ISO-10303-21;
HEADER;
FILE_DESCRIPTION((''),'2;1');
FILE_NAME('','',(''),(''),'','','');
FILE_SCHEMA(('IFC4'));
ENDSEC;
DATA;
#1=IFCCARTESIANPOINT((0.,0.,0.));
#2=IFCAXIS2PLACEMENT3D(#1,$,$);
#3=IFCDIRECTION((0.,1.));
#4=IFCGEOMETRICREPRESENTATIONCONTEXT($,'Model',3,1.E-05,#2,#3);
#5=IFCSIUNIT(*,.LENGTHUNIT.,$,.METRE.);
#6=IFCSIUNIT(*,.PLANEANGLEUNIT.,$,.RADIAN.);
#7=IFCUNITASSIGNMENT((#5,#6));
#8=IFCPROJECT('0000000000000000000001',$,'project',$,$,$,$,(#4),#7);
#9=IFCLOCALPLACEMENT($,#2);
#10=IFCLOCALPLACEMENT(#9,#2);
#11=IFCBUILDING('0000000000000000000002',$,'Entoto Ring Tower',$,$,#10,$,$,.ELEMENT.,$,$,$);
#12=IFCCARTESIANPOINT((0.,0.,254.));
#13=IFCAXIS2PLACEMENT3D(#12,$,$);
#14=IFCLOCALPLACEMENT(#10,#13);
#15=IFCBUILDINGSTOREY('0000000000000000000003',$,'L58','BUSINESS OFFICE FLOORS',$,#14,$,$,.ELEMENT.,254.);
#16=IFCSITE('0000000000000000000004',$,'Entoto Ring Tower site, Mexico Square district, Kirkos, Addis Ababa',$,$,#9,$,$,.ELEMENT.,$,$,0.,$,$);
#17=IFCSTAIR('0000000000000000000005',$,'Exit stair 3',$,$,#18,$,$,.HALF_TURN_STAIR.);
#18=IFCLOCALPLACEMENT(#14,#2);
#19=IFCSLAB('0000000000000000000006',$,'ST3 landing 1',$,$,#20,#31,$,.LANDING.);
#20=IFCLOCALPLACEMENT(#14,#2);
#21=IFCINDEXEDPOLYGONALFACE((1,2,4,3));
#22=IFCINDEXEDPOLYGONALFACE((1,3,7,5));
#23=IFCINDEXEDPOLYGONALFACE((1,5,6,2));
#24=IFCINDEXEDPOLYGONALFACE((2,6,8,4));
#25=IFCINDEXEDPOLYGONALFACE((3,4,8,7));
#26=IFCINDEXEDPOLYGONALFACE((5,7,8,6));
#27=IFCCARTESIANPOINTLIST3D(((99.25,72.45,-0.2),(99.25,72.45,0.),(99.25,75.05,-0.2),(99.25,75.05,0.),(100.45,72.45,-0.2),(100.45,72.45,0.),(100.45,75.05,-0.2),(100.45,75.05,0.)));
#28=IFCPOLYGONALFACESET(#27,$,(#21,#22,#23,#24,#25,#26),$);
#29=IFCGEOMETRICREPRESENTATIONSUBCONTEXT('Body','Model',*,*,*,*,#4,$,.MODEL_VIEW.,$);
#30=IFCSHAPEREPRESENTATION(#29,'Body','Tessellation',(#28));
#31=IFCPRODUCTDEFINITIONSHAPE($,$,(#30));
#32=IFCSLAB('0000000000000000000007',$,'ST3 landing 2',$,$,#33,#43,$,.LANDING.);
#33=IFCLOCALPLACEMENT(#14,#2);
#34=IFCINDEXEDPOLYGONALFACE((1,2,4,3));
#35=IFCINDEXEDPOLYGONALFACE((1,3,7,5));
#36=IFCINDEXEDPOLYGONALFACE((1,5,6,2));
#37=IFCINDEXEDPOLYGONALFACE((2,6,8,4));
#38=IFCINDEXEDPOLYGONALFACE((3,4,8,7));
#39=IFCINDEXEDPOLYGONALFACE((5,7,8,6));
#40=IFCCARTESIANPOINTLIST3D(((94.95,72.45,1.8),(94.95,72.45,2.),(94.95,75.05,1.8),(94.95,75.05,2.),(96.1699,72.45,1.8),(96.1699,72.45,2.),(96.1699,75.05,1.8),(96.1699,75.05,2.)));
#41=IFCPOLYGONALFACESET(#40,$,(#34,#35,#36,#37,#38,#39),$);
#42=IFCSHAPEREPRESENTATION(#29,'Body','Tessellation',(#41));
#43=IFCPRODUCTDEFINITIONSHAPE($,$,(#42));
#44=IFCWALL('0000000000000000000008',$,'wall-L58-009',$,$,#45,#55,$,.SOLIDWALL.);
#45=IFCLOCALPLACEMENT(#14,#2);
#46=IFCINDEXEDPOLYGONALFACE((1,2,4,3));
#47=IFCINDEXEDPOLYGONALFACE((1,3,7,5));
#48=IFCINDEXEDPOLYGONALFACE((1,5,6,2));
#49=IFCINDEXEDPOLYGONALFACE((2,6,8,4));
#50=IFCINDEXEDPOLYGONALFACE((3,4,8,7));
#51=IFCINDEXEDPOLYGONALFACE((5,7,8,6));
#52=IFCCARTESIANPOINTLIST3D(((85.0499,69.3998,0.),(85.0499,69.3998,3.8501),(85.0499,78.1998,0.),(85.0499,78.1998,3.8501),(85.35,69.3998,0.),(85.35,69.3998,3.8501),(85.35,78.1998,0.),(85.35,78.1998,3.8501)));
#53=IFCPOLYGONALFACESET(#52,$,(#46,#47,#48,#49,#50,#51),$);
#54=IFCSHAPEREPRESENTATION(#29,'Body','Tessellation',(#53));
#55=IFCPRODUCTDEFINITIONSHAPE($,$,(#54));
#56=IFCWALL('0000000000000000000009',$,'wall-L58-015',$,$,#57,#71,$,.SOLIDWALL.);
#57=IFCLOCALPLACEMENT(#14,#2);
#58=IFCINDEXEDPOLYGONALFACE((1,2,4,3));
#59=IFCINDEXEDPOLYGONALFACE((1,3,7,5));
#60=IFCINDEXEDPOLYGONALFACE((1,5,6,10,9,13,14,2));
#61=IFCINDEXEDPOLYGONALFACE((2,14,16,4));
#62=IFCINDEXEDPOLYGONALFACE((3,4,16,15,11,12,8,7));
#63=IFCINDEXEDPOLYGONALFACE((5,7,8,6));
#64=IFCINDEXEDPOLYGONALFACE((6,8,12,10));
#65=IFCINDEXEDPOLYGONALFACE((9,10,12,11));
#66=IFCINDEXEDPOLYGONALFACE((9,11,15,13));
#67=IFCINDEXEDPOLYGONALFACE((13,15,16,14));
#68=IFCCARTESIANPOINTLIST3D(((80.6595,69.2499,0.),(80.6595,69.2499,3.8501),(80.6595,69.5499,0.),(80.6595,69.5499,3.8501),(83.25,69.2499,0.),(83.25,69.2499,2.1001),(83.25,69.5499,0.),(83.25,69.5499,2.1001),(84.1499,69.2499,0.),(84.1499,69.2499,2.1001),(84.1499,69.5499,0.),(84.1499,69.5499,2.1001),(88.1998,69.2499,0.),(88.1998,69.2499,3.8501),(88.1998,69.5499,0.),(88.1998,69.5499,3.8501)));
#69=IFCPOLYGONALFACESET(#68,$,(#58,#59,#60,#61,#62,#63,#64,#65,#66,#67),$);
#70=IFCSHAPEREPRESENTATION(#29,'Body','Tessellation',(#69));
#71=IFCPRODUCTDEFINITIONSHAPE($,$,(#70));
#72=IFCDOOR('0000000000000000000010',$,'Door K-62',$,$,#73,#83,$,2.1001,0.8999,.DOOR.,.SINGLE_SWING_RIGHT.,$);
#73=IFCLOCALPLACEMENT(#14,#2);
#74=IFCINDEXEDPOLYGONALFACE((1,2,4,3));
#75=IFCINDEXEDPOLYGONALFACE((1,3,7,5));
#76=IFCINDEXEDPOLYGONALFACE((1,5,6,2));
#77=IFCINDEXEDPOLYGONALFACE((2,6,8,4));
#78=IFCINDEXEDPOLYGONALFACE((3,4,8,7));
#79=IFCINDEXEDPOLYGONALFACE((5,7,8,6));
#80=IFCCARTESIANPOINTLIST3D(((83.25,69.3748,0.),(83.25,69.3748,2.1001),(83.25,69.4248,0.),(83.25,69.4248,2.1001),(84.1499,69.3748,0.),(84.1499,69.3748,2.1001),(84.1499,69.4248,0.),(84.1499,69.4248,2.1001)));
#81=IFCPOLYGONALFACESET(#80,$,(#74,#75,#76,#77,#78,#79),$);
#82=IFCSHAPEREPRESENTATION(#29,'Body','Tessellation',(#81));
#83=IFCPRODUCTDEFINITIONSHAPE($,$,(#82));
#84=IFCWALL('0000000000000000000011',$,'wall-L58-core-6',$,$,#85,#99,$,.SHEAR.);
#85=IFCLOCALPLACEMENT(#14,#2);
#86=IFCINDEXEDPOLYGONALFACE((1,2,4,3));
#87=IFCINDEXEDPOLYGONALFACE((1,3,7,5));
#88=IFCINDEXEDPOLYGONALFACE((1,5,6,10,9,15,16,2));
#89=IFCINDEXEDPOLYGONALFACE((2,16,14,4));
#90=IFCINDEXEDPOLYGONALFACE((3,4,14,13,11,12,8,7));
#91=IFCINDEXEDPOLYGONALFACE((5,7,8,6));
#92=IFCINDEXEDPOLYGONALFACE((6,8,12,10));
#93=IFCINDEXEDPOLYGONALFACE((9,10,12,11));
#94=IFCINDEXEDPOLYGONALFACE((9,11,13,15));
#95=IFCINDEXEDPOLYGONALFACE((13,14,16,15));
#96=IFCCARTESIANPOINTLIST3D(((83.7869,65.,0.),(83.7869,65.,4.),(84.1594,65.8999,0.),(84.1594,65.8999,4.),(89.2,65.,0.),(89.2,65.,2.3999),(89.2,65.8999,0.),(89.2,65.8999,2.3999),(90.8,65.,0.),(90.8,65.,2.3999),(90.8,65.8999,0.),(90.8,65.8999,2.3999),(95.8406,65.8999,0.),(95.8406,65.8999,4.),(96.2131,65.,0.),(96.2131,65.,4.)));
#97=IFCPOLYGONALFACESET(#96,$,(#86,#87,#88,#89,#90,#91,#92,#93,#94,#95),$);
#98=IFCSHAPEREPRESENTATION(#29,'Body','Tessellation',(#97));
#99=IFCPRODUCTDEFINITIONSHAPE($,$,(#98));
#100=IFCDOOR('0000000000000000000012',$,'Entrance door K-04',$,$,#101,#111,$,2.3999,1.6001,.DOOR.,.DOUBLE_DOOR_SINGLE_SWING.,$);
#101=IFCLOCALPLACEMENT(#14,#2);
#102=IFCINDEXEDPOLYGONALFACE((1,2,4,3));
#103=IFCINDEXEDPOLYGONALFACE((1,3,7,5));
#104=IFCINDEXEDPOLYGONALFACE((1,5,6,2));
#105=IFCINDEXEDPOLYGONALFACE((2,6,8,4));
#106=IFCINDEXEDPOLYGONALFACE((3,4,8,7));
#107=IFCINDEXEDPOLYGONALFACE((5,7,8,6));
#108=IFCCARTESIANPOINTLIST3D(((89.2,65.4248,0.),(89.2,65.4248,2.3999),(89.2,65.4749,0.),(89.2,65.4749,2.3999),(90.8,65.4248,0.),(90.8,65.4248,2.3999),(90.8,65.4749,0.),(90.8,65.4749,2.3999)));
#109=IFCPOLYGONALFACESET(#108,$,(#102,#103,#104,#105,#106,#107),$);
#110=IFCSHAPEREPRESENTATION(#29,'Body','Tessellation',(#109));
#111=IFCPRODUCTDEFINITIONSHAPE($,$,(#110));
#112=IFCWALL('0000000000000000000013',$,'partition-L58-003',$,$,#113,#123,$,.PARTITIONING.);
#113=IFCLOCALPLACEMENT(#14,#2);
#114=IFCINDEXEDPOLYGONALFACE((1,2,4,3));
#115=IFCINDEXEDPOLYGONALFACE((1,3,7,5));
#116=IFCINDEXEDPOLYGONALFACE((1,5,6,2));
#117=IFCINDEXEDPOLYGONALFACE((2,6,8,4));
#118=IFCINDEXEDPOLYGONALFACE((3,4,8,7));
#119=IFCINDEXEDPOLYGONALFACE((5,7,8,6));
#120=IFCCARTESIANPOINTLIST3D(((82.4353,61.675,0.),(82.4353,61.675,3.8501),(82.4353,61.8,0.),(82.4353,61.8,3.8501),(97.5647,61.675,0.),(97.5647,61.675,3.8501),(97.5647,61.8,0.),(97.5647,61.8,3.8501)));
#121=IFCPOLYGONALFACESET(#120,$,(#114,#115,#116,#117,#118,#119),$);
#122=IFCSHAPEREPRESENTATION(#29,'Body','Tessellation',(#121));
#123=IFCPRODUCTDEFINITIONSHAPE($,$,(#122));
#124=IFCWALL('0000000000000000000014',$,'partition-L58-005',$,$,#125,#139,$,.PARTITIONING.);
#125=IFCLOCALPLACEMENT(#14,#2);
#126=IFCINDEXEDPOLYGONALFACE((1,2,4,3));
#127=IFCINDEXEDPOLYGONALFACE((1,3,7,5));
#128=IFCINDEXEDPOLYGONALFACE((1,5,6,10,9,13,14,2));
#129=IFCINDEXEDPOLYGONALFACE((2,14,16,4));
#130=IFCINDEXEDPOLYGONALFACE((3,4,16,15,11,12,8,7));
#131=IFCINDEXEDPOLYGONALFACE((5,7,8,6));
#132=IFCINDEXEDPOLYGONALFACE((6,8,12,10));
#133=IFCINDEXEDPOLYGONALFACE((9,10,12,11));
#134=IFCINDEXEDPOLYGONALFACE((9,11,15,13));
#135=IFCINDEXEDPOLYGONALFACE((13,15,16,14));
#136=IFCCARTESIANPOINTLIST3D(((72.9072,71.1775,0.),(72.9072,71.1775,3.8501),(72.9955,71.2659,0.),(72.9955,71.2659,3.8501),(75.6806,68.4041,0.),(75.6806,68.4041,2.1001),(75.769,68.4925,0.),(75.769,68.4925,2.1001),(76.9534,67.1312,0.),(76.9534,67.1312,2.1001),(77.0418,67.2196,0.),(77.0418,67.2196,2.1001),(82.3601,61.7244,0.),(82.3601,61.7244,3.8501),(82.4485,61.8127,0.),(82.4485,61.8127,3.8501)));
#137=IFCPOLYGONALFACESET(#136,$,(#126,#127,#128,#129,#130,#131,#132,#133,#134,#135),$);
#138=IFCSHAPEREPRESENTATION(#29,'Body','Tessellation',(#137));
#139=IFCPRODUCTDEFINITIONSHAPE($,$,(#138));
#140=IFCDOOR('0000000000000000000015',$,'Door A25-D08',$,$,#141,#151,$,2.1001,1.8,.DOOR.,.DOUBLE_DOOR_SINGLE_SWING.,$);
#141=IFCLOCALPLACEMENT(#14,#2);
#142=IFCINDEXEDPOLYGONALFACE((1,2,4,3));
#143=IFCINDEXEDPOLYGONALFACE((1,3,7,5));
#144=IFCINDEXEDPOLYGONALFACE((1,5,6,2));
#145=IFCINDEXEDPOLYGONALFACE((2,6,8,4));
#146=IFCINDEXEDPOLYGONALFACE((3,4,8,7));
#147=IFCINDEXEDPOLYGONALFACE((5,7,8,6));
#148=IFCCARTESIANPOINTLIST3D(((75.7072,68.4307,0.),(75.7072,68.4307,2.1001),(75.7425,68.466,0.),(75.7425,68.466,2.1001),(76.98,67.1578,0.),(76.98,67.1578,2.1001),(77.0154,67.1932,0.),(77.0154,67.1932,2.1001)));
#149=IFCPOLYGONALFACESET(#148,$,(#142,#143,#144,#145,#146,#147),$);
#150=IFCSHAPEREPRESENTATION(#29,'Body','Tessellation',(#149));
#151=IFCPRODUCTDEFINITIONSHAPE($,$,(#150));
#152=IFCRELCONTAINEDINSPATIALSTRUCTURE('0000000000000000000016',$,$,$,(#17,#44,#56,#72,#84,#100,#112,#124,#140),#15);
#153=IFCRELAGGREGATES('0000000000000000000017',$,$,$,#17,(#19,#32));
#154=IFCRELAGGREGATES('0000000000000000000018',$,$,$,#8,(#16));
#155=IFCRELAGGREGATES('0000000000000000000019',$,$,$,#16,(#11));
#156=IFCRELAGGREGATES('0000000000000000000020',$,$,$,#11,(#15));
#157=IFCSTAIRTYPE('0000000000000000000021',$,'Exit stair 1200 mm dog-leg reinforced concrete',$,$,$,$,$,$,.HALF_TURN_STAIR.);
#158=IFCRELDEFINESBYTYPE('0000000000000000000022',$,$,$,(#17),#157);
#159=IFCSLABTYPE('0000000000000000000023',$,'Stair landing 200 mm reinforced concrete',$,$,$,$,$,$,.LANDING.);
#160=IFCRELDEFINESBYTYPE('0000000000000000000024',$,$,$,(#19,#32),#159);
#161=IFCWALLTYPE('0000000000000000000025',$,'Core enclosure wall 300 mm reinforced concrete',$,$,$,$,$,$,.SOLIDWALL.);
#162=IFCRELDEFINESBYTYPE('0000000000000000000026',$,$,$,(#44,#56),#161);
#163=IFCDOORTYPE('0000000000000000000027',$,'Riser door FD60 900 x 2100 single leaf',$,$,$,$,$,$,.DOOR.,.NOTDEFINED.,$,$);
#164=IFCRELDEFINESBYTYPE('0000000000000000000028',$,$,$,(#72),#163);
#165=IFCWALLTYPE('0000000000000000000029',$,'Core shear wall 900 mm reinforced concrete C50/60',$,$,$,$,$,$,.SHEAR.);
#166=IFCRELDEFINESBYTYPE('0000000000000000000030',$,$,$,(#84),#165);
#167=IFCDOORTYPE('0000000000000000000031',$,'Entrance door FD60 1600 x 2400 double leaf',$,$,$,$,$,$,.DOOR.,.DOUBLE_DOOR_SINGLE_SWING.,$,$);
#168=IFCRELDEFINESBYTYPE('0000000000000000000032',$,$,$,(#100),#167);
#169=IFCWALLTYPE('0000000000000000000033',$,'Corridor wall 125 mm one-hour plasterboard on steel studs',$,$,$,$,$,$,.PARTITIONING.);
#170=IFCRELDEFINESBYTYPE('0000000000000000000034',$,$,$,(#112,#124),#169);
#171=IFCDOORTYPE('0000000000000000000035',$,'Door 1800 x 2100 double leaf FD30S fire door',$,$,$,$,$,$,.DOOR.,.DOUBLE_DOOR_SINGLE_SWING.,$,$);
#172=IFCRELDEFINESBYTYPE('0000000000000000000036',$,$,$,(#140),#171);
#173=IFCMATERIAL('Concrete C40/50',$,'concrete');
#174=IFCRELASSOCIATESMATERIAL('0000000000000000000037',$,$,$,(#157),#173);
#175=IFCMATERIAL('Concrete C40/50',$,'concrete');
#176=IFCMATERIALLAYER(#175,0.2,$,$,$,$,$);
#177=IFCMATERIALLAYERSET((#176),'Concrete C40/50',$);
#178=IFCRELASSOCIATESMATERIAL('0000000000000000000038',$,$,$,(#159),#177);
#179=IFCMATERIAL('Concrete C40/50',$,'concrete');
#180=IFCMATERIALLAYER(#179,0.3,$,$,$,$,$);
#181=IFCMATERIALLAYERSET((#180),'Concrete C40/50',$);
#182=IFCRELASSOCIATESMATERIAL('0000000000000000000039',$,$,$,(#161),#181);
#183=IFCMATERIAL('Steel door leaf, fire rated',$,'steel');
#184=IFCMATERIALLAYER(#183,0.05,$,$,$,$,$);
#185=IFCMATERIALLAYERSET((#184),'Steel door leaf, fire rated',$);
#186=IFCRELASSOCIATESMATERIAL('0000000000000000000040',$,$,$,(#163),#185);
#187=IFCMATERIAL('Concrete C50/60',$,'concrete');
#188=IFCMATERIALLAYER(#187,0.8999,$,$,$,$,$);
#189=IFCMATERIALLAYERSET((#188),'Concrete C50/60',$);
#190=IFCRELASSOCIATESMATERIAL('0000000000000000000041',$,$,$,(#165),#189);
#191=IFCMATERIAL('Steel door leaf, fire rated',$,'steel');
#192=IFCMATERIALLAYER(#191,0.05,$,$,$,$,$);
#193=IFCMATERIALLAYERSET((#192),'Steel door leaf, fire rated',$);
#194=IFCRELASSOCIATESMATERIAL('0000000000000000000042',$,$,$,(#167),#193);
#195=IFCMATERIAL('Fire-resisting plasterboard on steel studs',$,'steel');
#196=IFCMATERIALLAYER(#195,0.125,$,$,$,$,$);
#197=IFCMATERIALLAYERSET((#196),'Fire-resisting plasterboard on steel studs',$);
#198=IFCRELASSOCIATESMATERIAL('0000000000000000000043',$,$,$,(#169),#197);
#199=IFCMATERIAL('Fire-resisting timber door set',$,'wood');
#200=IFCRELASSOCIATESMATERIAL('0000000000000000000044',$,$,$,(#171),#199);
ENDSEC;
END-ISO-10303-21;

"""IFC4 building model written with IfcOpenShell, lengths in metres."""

from ifc_helpers import new_model, si_unit, direction, frame, frame_2d, origin, place, context, subcontext, project, spatial, polyline, rectangle, outline, extrude, material, layer, layer_set, type_object, element, fill, aggregate, save


model = new_model("IFC4")

# Units and contexts
model_context = context("Model", 3, precision=1e-05, world=origin(), true_north=direction((0.0, 1.0)))
body_context = subcontext(model_context, "Body", "Model", "MODEL_VIEW")
ifc_project = project(units=[si_unit("LENGTHUNIT", "METRE"), si_unit("PLANEANGLEUNIT", "RADIAN")], contexts=[model_context])

# Site, building, storey
site_placement = place(None, origin())
site = spatial("IfcSite", under=ifc_project, at=site_placement, Name="Entoto Ring Tower site, Mexico Square district, Kirkos, Addis Ababa", CompositionType="ELEMENT", RefElevation=0.0)
building_placement = place(site_placement, origin())
building = spatial("IfcBuilding", under=site, at=building_placement, Name="Entoto Ring Tower", CompositionType="ELEMENT")
storey_placement = place(building_placement, frame((0.0, 0.0, 254.0)))
storey = spatial("IfcBuildingStorey", under=building, at=storey_placement, Name="L58", Description="BUSINESS OFFICE FLOORS", CompositionType="ELEMENT", Elevation=254.0)

# Stair, slabs
ifc_material_1 = material(Name="Concrete C40/50", Category="concrete")
stair_type = type_object("IfcStairType", Name="Exit stair 1200 mm dog-leg reinforced concrete", PredefinedType="HALF_TURN_STAIR", material=ifc_material_1)
stair_placement = place(storey_placement, origin())
stair = element("IfcStair", 1, at=stair_placement, inside=storey, type_object=stair_type, Name="Exit stair 3", PredefinedType="HALF_TURN_STAIR")
ifc_material_2 = material(Name="Concrete C40/50", Category="concrete")
ifc_layer_1 = layer(ifc_material_2, 0.2)
ifc_layer_set_1 = layer_set([ifc_layer_1], Name="Concrete C40/50")
slab_type_1 = type_object("IfcSlabType", Name="Stair landing 200 mm reinforced concrete", PredefinedType="LANDING", material=ifc_layer_set_1)
slab_1_placement = place(storey_placement, frame((0.0, 0.0, -0.2)))
slab_1 = element("IfcSlab", 2, at=slab_1_placement, type_object=slab_type_1, Name="ST3 landing 1", PredefinedType="LANDING", context=body_context, shape_type="SweptSolid", body=[
    extrude(outline(polyline([(100.45, 72.45), (100.45, 75.05), (99.25, 75.05), (99.25, 72.45), (100.45, 72.45)])), origin(), (0.0, 0.0, 1.0), 0.2),
])
slab_2_placement = place(storey_placement, frame((0.0, 0.0, 1.8)))
slab_2 = element("IfcSlab", 3, at=slab_2_placement, type_object=slab_type_1, Name="ST3 landing 2", PredefinedType="LANDING", context=body_context, shape_type="SweptSolid", body=[
    extrude(outline(polyline([(94.95, 72.45), (96.1699, 72.45), (96.1699, 75.05), (94.95, 75.05), (94.95, 72.45)])), origin(), (0.0, 0.0, 1.0), 0.2),
])
aggregate(stair, [slab_1, slab_2])

# Wall
ifc_material_3 = material(Name="Concrete C40/50", Category="concrete")
ifc_layer_2 = layer(ifc_material_3, 0.3)
ifc_layer_set_2 = layer_set([ifc_layer_2], Name="Concrete C40/50")
wall_type_1 = type_object("IfcWallType", Name="Core enclosure wall 300 mm reinforced concrete", PredefinedType="SOLIDWALL", material=ifc_layer_set_2)
wall_1_placement = place(storey_placement, frame((85.2, 69.3999, 0.0), z_axis=(0.0, 0.0, 1.0), x_axis=(0.0, 1.0, 0.0)))
element("IfcWall", 4, at=wall_1_placement, inside=storey, type_object=wall_type_1, Name="wall-L58-009", PredefinedType="SOLIDWALL", context=body_context, shape_type="SweptSolid", body=[
    extrude(rectangle(XDim=8.8, YDim=0.3, at=frame_2d((4.3999, 0.0))), origin(), (0.0, 0.0, 1.0), 3.8501),
])

# Walls, openings, doors
wall_2_placement = place(storey_placement, frame((80.6597, 69.3999, 0.0), z_axis=(0.0, 0.0, 1.0), x_axis=(1.0, 0.0, 0.0)))
wall_2 = element("IfcWall", 5, at=wall_2_placement, inside=storey, type_object=wall_type_1, Name="wall-L58-015", PredefinedType="SOLIDWALL", context=body_context, shape_type="SweptSolid", body=[
    extrude(rectangle(XDim=7.5403, YDim=0.3, at=frame_2d((3.77, 0.0))), origin(), (0.0, 0.0, 1.0), 3.8501),
])
opening_1_placement = place(wall_2_placement, frame((2.5903, 0.0, 0.0)))
opening_1 = element("IfcOpeningElement", 6, at=opening_1_placement, cuts=wall_2, PredefinedType="OPENING", context=body_context, shape_type="SweptSolid", body=[
    extrude(rectangle(XDim=0.8999, YDim=2.1001, at=frame_2d((0.45, 1.05))), frame((0.0, 0.1602, 0.0), z_axis=(0.0, -1.0, 0.0), x_axis=(1.0, 0.0, 0.0)), (0.0, 0.0, 1.0), 0.3201),
])
ifc_material_4 = material(Name="Steel door leaf, fire rated", Category="steel")
ifc_layer_3 = layer(ifc_material_4, 0.05)
ifc_layer_set_3 = layer_set([ifc_layer_3], Name="Steel door leaf, fire rated")
door_type_1 = type_object("IfcDoorType", Name="Riser door FD60 900 x 2100 single leaf", OperationType="NOTDEFINED", PredefinedType="DOOR", material=ifc_layer_set_3)
door_1_placement = place(opening_1_placement, origin())
door_1 = element("IfcDoor", 7, at=door_1_placement, inside=storey, type_object=door_type_1, Name="Door K-62", OperationType="SINGLE_SWING_RIGHT", OverallHeight=2.1001, OverallWidth=0.8999, PredefinedType="DOOR", context=body_context, shape_type="SweptSolid", body=[
    extrude(rectangle(XDim=0.8999, YDim=2.1001, at=frame_2d((0.45, 1.05))), frame((0.0, 0.0249, 0.0), z_axis=(0.0, -1.0, 0.0), x_axis=(1.0, 0.0, 0.0)), (0.0, 0.0, 1.0), 0.05),
])
fill(opening_1, door_1)
ifc_material_5 = material(Name="Concrete C50/60", Category="concrete")
ifc_layer_4 = layer(ifc_material_5, 0.8999)
ifc_layer_set_4 = layer_set([ifc_layer_4], Name="Concrete C50/60")
wall_type_2 = type_object("IfcWallType", Name="Core shear wall 900 mm reinforced concrete C50/60", PredefinedType="SHEAR", material=ifc_layer_set_4)
wall_3_placement = place(storey_placement, frame((83.9731, 65.45, 0.0), z_axis=(0.0, 0.0, 1.0), x_axis=(1.0, 0.0, 0.0)))
wall_3 = element("IfcWall", 8, at=wall_3_placement, inside=storey, type_object=wall_type_2, Name="wall-L58-core-6", PredefinedType="SHEAR", context=body_context, shape_type="SweptSolid", body=[
    extrude(outline(polyline([(-0.1863, -0.45), (12.24, -0.45), (11.8674, 0.45), (0.1863, 0.45), (-0.1863, -0.45)])), origin(), (0.0, 0.0, 1.0), 4.0),
])
opening_2_placement = place(wall_3_placement, frame((5.2268, 0.0, 0.0)))
opening_2 = element("IfcOpeningElement", 9, at=opening_2_placement, cuts=wall_3, PredefinedType="OPENING", context=body_context, shape_type="SweptSolid", body=[
    extrude(rectangle(XDim=1.6001, YDim=2.3999, at=frame_2d((0.8, 1.2))), frame((0.0, 0.46, 0.0), z_axis=(0.0, -1.0, 0.0), x_axis=(1.0, 0.0, 0.0)), (0.0, 0.0, 1.0), 0.9199),
])
ifc_material_6 = material(Name="Steel door leaf, fire rated", Category="steel")
ifc_layer_5 = layer(ifc_material_6, 0.05)
ifc_layer_set_5 = layer_set([ifc_layer_5], Name="Steel door leaf, fire rated")
door_type_2 = type_object("IfcDoorType", Name="Entrance door FD60 1600 x 2400 double leaf", OperationType="DOUBLE_DOOR_SINGLE_SWING", PredefinedType="DOOR", material=ifc_layer_set_5)
door_2_placement = place(opening_2_placement, origin())
door_2 = element("IfcDoor", 10, at=door_2_placement, inside=storey, type_object=door_type_2, Name="Entrance door K-04", OperationType="DOUBLE_DOOR_SINGLE_SWING", OverallHeight=2.3999, OverallWidth=1.6001, PredefinedType="DOOR", context=body_context, shape_type="SweptSolid", body=[
    extrude(rectangle(XDim=1.6001, YDim=2.3999, at=frame_2d((0.8, 1.2))), frame((0.0, 0.0249, 0.0), z_axis=(0.0, -1.0, 0.0), x_axis=(1.0, 0.0, 0.0)), (0.0, 0.0, 1.0), 0.05),
])
fill(opening_2, door_2)

# Wall
ifc_material_7 = material(Name="Fire-resisting plasterboard on steel studs", Category="steel")
ifc_layer_6 = layer(ifc_material_7, 0.125)
ifc_layer_set_6 = layer_set([ifc_layer_6], Name="Fire-resisting plasterboard on steel studs")
wall_type_3 = type_object("IfcWallType", Name="Corridor wall 125 mm one-hour plasterboard on steel studs", PredefinedType="PARTITIONING", material=ifc_layer_set_6)
wall_4_placement = place(storey_placement, frame((82.4353, 61.7375, 0.0), z_axis=(0.0, 0.0, 1.0), x_axis=(1.0, 0.0, 0.0)))
element("IfcWall", 11, at=wall_4_placement, inside=storey, type_object=wall_type_3, Name="partition-L58-003", PredefinedType="PARTITIONING", context=body_context, shape_type="SweptSolid", body=[
    extrude(rectangle(XDim=15.1294, YDim=0.125, at=frame_2d((7.5647, 0.0))), origin(), (0.0, 0.0, 1.0), 3.8501),
])

# Wall, opening, door
wall_5_placement = place(storey_placement, frame((82.4043, 61.7686, 0.0), z_axis=(0.0, 0.0, 1.0), x_axis=(-0.707098, 0.707116, 0.0)))
wall_5 = element("IfcWall", 12, at=wall_5_placement, inside=storey, type_object=wall_type_3, Name="partition-L58-005", PredefinedType="PARTITIONING", context=body_context, shape_type="SweptSolid", body=[
    extrude(rectangle(XDim=13.3687, YDim=0.125, at=frame_2d((6.6843, 0.0))), origin(), (0.0, 0.0, 1.0), 3.8501),
])
opening_3_placement = place(wall_5_placement, frame((7.6465, 0.0, 0.0)))
opening_3 = element("IfcOpeningElement", 13, at=opening_3_placement, cuts=wall_5, PredefinedType="OPENING", context=body_context, shape_type="SweptSolid", body=[
    extrude(rectangle(XDim=1.8, YDim=2.1001, at=frame_2d((0.8999, 1.05))), frame((0.0, 0.0725, 0.0), z_axis=(0.0, -1.0, 0.0), x_axis=(1.0, 0.0, 0.0)), (0.0, 0.0, 1.0), 0.145),
])
ifc_material_8 = material(Name="Fire-resisting timber door set", Category="wood")
door_type_3 = type_object("IfcDoorType", Name="Door 1800 x 2100 double leaf FD30S fire door", OperationType="DOUBLE_DOOR_SINGLE_SWING", PredefinedType="DOOR", material=ifc_material_8)
door_3_placement = place(opening_3_placement, origin())
door_3 = element("IfcDoor", 14, at=door_3_placement, inside=storey, type_object=door_type_3, Name="Door A25-D08", OperationType="DOUBLE_DOOR_SINGLE_SWING", OverallHeight=2.1001, OverallWidth=1.8, PredefinedType="DOOR", context=body_context, shape_type="SweptSolid", body=[
    extrude(rectangle(XDim=1.8, YDim=2.1001, at=frame_2d((0.8999, 1.05))), frame((0.0, 0.0249, 0.0), z_axis=(0.0, -1.0, 0.0), x_axis=(1.0, 0.0, 0.0)), (0.0, 0.0, 1.0), 0.05),
])
fill(opening_3, door_3)

save(model, "model.ifc")
